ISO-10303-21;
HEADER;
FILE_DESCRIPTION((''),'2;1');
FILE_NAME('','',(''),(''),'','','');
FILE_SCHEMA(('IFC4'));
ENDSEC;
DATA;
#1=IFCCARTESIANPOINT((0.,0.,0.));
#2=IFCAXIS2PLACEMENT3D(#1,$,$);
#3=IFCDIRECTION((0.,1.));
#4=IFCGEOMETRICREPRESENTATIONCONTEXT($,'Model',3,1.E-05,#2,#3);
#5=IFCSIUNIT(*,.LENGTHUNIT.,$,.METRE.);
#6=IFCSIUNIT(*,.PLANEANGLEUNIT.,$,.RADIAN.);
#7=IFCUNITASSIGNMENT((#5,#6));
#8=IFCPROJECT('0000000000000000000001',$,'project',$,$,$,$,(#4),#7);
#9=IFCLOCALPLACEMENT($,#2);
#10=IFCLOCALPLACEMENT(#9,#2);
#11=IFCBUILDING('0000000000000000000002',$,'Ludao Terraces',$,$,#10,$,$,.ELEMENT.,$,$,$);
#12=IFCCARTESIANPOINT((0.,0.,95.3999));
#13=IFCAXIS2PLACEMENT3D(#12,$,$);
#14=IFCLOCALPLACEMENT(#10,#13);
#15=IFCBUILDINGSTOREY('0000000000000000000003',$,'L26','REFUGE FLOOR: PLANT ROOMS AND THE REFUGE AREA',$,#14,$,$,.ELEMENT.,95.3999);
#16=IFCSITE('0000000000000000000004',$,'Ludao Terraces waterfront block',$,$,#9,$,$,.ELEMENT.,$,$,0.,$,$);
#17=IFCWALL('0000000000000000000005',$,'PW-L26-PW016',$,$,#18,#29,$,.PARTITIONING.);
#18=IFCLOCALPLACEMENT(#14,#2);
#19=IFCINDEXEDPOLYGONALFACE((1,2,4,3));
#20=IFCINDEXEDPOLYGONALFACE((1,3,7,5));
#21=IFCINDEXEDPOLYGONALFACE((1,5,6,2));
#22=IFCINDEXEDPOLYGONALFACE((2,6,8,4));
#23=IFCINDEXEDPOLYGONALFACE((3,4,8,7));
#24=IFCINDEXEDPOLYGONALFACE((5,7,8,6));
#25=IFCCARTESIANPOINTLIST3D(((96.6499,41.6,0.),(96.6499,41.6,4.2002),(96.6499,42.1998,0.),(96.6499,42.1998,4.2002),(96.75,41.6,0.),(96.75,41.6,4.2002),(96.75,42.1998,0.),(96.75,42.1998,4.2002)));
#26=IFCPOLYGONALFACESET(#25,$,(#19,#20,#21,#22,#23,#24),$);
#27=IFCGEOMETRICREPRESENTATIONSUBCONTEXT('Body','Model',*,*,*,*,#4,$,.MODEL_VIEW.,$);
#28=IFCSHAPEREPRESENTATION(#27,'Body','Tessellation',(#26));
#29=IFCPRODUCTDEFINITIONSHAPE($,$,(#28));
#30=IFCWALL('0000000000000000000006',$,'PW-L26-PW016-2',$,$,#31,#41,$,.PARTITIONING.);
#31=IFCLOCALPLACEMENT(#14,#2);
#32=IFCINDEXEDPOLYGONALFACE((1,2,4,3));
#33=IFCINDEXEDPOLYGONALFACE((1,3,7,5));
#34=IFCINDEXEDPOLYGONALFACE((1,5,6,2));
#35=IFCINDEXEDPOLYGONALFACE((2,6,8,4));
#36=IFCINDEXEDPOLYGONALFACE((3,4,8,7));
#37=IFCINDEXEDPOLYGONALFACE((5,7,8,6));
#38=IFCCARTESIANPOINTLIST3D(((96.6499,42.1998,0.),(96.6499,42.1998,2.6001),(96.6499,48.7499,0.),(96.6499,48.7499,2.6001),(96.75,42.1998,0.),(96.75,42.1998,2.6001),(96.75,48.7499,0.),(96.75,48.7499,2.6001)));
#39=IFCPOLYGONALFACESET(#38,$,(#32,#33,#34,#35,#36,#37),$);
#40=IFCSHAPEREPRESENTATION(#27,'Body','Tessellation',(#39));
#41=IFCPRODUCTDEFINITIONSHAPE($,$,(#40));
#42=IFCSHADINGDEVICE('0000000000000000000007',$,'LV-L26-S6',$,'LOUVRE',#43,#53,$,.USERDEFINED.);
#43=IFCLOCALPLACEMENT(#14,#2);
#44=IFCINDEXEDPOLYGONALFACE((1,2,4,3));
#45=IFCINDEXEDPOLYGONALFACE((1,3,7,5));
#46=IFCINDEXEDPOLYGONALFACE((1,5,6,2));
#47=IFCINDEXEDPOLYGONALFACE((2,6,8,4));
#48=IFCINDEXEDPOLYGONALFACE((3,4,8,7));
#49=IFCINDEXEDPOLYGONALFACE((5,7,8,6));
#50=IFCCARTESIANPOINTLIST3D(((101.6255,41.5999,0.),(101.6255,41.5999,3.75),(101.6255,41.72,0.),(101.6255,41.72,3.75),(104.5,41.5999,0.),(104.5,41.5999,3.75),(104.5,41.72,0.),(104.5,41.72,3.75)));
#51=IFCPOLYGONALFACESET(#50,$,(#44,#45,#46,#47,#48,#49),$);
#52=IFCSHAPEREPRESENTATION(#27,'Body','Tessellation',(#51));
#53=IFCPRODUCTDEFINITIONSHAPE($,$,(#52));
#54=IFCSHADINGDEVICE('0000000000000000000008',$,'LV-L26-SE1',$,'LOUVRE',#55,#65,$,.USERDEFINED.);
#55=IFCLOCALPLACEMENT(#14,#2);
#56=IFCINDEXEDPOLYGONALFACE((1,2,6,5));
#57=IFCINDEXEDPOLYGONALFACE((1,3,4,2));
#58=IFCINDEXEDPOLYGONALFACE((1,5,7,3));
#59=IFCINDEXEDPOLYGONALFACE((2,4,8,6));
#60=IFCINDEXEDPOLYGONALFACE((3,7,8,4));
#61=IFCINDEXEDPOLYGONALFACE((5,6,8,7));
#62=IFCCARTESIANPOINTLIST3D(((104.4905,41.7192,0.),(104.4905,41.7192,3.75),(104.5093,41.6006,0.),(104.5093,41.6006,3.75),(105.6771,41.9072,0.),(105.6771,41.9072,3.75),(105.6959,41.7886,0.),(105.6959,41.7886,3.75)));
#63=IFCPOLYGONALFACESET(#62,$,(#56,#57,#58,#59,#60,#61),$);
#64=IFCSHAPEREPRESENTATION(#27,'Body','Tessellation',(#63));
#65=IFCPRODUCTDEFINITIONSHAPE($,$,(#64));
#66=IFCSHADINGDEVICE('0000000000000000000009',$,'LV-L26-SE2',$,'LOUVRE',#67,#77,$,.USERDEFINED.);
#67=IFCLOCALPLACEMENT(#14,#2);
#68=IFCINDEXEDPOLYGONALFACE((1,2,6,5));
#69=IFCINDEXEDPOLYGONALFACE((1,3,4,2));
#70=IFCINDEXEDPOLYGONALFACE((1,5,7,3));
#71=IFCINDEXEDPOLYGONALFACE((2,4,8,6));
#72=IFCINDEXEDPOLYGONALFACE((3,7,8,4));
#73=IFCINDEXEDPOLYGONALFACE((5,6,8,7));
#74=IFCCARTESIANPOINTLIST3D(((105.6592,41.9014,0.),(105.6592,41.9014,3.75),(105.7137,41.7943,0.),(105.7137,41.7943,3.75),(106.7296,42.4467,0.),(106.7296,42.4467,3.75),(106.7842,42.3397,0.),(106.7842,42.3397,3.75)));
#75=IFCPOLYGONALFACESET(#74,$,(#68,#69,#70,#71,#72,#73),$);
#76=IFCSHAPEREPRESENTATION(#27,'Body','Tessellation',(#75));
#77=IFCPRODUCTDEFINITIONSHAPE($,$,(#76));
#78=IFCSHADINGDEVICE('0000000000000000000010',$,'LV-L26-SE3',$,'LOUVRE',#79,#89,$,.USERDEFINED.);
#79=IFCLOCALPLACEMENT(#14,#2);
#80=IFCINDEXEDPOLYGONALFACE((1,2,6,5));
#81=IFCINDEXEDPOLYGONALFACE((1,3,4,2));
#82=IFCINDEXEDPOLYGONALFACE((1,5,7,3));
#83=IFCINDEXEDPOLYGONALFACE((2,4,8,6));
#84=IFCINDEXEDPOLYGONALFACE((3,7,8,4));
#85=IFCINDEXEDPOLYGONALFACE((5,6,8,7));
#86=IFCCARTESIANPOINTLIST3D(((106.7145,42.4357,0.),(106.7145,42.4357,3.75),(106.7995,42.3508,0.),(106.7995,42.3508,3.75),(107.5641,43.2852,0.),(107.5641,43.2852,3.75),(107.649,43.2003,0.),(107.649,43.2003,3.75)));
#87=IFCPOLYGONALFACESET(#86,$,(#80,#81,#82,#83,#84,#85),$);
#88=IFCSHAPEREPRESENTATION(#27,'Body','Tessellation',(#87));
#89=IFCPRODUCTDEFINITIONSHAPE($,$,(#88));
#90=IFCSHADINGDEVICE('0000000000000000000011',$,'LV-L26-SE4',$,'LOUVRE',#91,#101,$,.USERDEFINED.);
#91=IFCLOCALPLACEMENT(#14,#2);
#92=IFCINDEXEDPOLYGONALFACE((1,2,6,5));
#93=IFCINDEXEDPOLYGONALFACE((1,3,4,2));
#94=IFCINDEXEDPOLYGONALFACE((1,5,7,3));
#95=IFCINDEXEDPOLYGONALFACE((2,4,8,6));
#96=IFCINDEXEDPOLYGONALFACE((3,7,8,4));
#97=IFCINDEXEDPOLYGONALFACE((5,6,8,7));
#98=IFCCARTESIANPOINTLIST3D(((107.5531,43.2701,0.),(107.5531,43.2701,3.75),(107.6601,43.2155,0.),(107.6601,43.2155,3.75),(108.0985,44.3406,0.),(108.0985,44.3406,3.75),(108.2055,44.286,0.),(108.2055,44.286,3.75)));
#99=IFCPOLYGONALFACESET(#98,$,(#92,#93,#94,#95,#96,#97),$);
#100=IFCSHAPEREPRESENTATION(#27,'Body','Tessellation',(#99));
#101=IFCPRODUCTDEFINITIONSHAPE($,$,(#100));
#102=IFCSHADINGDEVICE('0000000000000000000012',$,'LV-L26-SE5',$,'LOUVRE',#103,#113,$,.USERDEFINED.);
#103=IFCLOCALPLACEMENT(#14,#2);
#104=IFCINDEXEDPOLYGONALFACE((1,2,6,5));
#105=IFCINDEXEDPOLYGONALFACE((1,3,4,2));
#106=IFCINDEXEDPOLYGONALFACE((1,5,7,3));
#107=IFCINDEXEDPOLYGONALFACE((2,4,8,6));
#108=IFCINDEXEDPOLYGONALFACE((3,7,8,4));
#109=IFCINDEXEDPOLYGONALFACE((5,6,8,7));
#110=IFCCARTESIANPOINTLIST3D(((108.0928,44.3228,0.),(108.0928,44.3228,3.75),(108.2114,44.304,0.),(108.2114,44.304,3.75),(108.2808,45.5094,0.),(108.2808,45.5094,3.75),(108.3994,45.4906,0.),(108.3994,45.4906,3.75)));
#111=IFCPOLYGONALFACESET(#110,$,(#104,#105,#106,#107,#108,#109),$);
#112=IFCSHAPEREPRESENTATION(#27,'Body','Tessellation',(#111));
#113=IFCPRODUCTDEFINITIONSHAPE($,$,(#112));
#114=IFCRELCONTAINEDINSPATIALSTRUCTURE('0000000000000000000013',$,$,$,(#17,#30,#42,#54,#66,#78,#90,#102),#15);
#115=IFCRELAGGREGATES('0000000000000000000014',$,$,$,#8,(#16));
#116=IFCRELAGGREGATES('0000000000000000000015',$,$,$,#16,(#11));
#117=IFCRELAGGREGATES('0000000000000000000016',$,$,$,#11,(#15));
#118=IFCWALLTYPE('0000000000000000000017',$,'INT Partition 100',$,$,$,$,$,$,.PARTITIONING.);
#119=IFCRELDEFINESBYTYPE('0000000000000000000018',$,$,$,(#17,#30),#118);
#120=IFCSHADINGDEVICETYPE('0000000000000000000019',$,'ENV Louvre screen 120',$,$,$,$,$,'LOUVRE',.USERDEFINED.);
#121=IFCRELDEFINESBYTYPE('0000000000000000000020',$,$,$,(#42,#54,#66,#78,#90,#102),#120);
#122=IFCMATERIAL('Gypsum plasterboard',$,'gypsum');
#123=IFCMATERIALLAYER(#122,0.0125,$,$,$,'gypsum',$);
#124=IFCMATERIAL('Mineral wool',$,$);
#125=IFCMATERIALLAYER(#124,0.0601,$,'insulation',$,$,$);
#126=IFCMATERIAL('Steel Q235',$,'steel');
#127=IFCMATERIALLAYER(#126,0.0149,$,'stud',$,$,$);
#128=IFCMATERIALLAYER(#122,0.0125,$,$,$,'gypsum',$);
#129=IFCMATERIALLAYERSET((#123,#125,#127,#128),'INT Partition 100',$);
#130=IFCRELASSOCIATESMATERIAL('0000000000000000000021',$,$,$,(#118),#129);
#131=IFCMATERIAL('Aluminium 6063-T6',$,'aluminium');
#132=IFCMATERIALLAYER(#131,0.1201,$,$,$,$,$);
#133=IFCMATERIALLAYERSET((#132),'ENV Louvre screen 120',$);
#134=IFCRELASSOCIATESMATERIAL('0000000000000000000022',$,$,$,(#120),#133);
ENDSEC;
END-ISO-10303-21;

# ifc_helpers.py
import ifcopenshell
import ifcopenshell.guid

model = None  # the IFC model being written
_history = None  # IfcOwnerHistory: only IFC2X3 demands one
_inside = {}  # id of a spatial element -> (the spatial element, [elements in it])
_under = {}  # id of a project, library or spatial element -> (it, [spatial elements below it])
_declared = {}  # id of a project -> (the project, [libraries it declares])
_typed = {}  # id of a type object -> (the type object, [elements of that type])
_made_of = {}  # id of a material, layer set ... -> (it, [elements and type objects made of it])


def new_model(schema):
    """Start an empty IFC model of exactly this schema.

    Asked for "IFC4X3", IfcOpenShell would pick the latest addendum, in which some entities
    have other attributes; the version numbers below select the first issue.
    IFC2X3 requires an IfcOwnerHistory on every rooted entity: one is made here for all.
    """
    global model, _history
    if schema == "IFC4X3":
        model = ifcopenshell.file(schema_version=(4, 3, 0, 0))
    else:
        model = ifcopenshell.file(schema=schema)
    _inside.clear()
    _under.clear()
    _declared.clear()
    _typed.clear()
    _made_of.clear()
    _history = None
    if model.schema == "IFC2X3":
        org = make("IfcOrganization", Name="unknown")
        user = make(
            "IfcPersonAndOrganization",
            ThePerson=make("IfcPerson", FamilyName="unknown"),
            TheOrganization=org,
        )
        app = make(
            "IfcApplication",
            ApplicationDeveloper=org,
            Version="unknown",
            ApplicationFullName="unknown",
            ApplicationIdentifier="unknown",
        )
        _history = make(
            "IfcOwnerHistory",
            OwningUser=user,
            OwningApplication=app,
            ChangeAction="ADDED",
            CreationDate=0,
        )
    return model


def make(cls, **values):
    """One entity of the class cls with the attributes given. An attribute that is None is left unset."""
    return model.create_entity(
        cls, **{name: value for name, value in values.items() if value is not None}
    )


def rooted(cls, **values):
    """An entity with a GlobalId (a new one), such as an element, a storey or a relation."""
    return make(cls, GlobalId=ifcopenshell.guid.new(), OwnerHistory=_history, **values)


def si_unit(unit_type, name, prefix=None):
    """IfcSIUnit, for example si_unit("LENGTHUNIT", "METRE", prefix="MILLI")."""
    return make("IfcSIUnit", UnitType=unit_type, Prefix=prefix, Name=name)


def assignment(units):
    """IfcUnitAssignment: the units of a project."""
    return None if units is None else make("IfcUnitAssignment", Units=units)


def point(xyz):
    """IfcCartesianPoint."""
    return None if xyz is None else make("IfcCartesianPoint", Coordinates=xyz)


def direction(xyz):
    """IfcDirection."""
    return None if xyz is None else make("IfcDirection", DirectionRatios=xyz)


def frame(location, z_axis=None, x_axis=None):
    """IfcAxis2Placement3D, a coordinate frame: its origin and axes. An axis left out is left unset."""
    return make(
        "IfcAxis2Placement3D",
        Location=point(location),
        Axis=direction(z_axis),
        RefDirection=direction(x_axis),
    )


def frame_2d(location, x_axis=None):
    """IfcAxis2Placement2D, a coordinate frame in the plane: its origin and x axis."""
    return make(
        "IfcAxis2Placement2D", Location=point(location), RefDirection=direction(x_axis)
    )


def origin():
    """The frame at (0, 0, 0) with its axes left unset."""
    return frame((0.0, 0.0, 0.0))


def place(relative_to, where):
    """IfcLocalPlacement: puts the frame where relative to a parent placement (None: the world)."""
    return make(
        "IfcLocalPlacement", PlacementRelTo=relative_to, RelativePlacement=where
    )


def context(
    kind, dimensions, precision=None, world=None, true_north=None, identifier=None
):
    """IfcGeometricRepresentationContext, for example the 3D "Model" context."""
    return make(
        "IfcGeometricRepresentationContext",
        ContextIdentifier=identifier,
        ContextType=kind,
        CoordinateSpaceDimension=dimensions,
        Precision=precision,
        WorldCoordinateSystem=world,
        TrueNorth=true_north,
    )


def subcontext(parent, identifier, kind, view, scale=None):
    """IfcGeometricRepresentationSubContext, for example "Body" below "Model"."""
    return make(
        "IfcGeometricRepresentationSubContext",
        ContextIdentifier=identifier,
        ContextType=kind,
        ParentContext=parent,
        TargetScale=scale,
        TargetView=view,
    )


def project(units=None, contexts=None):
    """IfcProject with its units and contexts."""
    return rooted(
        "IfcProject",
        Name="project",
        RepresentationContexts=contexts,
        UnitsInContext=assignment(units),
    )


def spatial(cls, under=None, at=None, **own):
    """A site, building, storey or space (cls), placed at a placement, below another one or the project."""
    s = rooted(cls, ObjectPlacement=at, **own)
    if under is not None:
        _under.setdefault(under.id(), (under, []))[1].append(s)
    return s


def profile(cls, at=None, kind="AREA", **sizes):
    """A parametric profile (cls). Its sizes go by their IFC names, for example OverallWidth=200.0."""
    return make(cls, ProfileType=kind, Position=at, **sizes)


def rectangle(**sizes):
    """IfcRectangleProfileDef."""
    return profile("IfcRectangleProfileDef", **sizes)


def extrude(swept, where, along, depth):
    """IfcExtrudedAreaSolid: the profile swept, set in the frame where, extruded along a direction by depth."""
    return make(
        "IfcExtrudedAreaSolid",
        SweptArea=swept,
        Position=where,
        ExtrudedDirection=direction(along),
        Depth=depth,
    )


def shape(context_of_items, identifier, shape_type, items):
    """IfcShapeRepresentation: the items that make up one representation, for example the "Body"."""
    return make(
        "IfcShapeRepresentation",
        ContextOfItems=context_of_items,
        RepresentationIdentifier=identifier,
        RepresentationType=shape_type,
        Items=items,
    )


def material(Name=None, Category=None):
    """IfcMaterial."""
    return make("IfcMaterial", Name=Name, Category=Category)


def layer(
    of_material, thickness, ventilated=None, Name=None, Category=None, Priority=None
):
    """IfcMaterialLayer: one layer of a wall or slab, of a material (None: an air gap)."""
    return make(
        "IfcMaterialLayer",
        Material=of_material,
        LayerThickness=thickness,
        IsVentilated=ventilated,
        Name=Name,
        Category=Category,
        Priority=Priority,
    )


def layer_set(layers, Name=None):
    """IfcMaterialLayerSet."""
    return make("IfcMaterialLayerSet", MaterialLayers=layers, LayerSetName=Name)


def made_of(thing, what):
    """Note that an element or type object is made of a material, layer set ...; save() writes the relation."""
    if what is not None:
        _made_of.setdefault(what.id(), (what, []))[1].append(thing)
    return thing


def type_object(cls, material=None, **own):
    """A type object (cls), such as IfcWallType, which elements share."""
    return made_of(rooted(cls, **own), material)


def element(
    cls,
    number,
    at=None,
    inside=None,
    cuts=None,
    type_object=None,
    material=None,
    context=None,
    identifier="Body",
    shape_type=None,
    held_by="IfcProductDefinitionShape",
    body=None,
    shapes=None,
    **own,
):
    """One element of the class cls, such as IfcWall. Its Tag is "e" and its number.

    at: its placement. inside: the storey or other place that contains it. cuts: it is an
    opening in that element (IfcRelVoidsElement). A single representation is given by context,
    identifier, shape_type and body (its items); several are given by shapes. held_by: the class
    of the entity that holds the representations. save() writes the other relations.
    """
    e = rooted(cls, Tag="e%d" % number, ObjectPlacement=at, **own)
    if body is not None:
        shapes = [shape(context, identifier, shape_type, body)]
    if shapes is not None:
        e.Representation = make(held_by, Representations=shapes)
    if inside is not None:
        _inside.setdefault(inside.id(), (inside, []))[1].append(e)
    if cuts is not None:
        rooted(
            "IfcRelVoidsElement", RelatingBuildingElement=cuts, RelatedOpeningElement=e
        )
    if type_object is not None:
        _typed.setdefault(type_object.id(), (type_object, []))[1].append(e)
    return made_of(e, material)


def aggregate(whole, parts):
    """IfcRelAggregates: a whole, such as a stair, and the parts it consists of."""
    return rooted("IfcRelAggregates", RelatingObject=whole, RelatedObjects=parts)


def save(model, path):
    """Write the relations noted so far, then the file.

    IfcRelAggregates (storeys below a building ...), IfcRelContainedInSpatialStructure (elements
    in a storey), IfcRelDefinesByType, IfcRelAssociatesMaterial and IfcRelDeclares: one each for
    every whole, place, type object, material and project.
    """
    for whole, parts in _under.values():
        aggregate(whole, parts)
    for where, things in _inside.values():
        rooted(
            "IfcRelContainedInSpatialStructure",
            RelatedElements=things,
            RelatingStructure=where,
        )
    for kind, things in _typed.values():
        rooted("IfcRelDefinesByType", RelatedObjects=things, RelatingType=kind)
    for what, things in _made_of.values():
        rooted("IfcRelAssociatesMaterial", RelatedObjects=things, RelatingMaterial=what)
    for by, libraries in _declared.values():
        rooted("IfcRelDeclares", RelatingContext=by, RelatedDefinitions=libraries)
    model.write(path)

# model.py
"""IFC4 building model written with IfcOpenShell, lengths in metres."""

from ifc_helpers import new_model, si_unit, direction, frame, frame_2d, origin, place, context, subcontext, project, spatial, rectangle, extrude, material, layer, layer_set, type_object, element, save


model = new_model("IFC4")

# Units and contexts
model_context = context("Model", 3, precision=1e-05, world=origin(), true_north=direction((0.0, 1.0)))
body_context = subcontext(model_context, "Body", "Model", "MODEL_VIEW")
ifc_project = project(units=[si_unit("LENGTHUNIT", "METRE"), si_unit("PLANEANGLEUNIT", "RADIAN")], contexts=[model_context])

# Site, building, storey
site_placement = place(None, origin())
site = spatial("IfcSite", under=ifc_project, at=site_placement, Name="Ludao Terraces waterfront block", CompositionType="ELEMENT", RefElevation=0.0)
building_placement = place(site_placement, origin())
building = spatial("IfcBuilding", under=site, at=building_placement, Name="Ludao Terraces", CompositionType="ELEMENT")
storey_placement = place(building_placement, frame((0.0, 0.0, 95.3999)))
storey = spatial("IfcBuildingStorey", under=building, at=storey_placement, Name="L26", Description="REFUGE FLOOR: PLANT ROOMS AND THE REFUGE AREA", CompositionType="ELEMENT", Elevation=95.3999)

# Walls
ifc_material_1 = material(Name="Gypsum plasterboard", Category="gypsum")
ifc_layer_1 = layer(ifc_material_1, 0.0125, Category="gypsum")
ifc_material_2 = material(Name="Mineral wool")
ifc_layer_2 = layer(ifc_material_2, 0.0601, Name="insulation")
ifc_material_3 = material(Name="Steel Q235", Category="steel")
ifc_layer_3 = layer(ifc_material_3, 0.0149, Name="stud")
ifc_layer_4 = layer(ifc_material_1, 0.0125, Category="gypsum")
ifc_layer_set_1 = layer_set([ifc_layer_1, ifc_layer_2, ifc_layer_3, ifc_layer_4], Name="INT Partition 100")
wall_type = type_object("IfcWallType", Name="INT Partition 100", PredefinedType="PARTITIONING", material=ifc_layer_set_1)
wall_1_placement = place(storey_placement, frame((96.7, 41.6001, 0.0), z_axis=(0.0, 0.0, 1.0), x_axis=(0.0, 1.0, 0.0)))
element("IfcWall", 1, at=wall_1_placement, inside=storey, type_object=wall_type, Name="PW-L26-PW016", PredefinedType="PARTITIONING", context=body_context, shape_type="SweptSolid", body=[
    extrude(rectangle(XDim=0.5999, YDim=0.1001, at=frame_2d((0.2998, 0.0))), origin(), (0.0, 0.0, 1.0), 4.2002),
])
wall_2_placement = place(storey_placement, frame((96.7, 42.2, 0.0), z_axis=(0.0, 0.0, 1.0), x_axis=(0.0, 1.0, 0.0)))
element("IfcWall", 2, at=wall_2_placement, inside=storey, type_object=wall_type, Name="PW-L26-PW016-2", PredefinedType="PARTITIONING", context=body_context, shape_type="SweptSolid", body=[
    extrude(rectangle(XDim=6.55, YDim=0.1001, at=frame_2d((3.2749, 0.0))), origin(), (0.0, 0.0, 1.0), 2.6001),
])

# Shading devices
ifc_material_4 = material(Name="Aluminium 6063-T6", Category="aluminium")
ifc_layer_5 = layer(ifc_material_4, 0.1201)
ifc_layer_set_2 = layer_set([ifc_layer_5], Name="ENV Louvre screen 120")
shading_device_type = type_object("IfcShadingDeviceType", Name="ENV Louvre screen 120", ElementType="LOUVRE", PredefinedType="USERDEFINED", material=ifc_layer_set_2)
shading_device_placement = place(storey_placement, frame((101.6255, 41.6599, 0.0), z_axis=(0.0, 0.0, 1.0), x_axis=(1.0, 0.0, 0.0)))
element("IfcShadingDevice", 3, at=shading_device_placement, inside=storey, type_object=shading_device_type, Name="LV-L26-S6", ObjectType="LOUVRE", PredefinedType="USERDEFINED", context=body_context, shape_type="SweptSolid", body=[
    extrude(rectangle(XDim=2.8745, YDim=0.1201, at=frame_2d((1.4373, 0.0))), origin(), (0.0, 0.0, 1.0), 3.75),
])
for number, where, z_axis, x_axis, name in (
    (4, (104.5, 41.6599, 0.0), (0.0, 0.0, 1.0), (0.98768, 0.156484, 0.0), "LV-L26-SE1"),
    (5, (105.6865, 41.8479, 0.0), (0.0, 0.0, 1.0), (0.891029, 0.453947, 0.0), "LV-L26-SE2"),
    (6, (106.7571, 42.3933, 0.0), (0.0, 0.0, 1.0), (0.707107, 0.707107, 0.0), "LV-L26-SE3"),
    (7, (107.6067, 43.2429, 0.0), (0.0, 0.0, 1.0), (0.453947, 0.891029, 0.0), "LV-L26-SE4"),
    (8, (108.1521, 44.3135, 0.0), (0.0, 0.0, 1.0), (0.156484, 0.98768, 0.0), "LV-L26-SE5"),
):
    element("IfcShadingDevice", number, at=place(storey_placement, frame(where, z_axis=z_axis, x_axis=x_axis)), inside=storey, type_object=shading_device_type, Name=name, ObjectType="LOUVRE", PredefinedType="USERDEFINED", context=body_context, shape_type="SweptSolid", body=[
        extrude(rectangle(XDim=1.2014, YDim=0.1201, at=frame_2d((0.6006, 0.0))), origin(), (0.0, 0.0, 1.0), 3.75),
    ])

save(model, "model.ifc")
